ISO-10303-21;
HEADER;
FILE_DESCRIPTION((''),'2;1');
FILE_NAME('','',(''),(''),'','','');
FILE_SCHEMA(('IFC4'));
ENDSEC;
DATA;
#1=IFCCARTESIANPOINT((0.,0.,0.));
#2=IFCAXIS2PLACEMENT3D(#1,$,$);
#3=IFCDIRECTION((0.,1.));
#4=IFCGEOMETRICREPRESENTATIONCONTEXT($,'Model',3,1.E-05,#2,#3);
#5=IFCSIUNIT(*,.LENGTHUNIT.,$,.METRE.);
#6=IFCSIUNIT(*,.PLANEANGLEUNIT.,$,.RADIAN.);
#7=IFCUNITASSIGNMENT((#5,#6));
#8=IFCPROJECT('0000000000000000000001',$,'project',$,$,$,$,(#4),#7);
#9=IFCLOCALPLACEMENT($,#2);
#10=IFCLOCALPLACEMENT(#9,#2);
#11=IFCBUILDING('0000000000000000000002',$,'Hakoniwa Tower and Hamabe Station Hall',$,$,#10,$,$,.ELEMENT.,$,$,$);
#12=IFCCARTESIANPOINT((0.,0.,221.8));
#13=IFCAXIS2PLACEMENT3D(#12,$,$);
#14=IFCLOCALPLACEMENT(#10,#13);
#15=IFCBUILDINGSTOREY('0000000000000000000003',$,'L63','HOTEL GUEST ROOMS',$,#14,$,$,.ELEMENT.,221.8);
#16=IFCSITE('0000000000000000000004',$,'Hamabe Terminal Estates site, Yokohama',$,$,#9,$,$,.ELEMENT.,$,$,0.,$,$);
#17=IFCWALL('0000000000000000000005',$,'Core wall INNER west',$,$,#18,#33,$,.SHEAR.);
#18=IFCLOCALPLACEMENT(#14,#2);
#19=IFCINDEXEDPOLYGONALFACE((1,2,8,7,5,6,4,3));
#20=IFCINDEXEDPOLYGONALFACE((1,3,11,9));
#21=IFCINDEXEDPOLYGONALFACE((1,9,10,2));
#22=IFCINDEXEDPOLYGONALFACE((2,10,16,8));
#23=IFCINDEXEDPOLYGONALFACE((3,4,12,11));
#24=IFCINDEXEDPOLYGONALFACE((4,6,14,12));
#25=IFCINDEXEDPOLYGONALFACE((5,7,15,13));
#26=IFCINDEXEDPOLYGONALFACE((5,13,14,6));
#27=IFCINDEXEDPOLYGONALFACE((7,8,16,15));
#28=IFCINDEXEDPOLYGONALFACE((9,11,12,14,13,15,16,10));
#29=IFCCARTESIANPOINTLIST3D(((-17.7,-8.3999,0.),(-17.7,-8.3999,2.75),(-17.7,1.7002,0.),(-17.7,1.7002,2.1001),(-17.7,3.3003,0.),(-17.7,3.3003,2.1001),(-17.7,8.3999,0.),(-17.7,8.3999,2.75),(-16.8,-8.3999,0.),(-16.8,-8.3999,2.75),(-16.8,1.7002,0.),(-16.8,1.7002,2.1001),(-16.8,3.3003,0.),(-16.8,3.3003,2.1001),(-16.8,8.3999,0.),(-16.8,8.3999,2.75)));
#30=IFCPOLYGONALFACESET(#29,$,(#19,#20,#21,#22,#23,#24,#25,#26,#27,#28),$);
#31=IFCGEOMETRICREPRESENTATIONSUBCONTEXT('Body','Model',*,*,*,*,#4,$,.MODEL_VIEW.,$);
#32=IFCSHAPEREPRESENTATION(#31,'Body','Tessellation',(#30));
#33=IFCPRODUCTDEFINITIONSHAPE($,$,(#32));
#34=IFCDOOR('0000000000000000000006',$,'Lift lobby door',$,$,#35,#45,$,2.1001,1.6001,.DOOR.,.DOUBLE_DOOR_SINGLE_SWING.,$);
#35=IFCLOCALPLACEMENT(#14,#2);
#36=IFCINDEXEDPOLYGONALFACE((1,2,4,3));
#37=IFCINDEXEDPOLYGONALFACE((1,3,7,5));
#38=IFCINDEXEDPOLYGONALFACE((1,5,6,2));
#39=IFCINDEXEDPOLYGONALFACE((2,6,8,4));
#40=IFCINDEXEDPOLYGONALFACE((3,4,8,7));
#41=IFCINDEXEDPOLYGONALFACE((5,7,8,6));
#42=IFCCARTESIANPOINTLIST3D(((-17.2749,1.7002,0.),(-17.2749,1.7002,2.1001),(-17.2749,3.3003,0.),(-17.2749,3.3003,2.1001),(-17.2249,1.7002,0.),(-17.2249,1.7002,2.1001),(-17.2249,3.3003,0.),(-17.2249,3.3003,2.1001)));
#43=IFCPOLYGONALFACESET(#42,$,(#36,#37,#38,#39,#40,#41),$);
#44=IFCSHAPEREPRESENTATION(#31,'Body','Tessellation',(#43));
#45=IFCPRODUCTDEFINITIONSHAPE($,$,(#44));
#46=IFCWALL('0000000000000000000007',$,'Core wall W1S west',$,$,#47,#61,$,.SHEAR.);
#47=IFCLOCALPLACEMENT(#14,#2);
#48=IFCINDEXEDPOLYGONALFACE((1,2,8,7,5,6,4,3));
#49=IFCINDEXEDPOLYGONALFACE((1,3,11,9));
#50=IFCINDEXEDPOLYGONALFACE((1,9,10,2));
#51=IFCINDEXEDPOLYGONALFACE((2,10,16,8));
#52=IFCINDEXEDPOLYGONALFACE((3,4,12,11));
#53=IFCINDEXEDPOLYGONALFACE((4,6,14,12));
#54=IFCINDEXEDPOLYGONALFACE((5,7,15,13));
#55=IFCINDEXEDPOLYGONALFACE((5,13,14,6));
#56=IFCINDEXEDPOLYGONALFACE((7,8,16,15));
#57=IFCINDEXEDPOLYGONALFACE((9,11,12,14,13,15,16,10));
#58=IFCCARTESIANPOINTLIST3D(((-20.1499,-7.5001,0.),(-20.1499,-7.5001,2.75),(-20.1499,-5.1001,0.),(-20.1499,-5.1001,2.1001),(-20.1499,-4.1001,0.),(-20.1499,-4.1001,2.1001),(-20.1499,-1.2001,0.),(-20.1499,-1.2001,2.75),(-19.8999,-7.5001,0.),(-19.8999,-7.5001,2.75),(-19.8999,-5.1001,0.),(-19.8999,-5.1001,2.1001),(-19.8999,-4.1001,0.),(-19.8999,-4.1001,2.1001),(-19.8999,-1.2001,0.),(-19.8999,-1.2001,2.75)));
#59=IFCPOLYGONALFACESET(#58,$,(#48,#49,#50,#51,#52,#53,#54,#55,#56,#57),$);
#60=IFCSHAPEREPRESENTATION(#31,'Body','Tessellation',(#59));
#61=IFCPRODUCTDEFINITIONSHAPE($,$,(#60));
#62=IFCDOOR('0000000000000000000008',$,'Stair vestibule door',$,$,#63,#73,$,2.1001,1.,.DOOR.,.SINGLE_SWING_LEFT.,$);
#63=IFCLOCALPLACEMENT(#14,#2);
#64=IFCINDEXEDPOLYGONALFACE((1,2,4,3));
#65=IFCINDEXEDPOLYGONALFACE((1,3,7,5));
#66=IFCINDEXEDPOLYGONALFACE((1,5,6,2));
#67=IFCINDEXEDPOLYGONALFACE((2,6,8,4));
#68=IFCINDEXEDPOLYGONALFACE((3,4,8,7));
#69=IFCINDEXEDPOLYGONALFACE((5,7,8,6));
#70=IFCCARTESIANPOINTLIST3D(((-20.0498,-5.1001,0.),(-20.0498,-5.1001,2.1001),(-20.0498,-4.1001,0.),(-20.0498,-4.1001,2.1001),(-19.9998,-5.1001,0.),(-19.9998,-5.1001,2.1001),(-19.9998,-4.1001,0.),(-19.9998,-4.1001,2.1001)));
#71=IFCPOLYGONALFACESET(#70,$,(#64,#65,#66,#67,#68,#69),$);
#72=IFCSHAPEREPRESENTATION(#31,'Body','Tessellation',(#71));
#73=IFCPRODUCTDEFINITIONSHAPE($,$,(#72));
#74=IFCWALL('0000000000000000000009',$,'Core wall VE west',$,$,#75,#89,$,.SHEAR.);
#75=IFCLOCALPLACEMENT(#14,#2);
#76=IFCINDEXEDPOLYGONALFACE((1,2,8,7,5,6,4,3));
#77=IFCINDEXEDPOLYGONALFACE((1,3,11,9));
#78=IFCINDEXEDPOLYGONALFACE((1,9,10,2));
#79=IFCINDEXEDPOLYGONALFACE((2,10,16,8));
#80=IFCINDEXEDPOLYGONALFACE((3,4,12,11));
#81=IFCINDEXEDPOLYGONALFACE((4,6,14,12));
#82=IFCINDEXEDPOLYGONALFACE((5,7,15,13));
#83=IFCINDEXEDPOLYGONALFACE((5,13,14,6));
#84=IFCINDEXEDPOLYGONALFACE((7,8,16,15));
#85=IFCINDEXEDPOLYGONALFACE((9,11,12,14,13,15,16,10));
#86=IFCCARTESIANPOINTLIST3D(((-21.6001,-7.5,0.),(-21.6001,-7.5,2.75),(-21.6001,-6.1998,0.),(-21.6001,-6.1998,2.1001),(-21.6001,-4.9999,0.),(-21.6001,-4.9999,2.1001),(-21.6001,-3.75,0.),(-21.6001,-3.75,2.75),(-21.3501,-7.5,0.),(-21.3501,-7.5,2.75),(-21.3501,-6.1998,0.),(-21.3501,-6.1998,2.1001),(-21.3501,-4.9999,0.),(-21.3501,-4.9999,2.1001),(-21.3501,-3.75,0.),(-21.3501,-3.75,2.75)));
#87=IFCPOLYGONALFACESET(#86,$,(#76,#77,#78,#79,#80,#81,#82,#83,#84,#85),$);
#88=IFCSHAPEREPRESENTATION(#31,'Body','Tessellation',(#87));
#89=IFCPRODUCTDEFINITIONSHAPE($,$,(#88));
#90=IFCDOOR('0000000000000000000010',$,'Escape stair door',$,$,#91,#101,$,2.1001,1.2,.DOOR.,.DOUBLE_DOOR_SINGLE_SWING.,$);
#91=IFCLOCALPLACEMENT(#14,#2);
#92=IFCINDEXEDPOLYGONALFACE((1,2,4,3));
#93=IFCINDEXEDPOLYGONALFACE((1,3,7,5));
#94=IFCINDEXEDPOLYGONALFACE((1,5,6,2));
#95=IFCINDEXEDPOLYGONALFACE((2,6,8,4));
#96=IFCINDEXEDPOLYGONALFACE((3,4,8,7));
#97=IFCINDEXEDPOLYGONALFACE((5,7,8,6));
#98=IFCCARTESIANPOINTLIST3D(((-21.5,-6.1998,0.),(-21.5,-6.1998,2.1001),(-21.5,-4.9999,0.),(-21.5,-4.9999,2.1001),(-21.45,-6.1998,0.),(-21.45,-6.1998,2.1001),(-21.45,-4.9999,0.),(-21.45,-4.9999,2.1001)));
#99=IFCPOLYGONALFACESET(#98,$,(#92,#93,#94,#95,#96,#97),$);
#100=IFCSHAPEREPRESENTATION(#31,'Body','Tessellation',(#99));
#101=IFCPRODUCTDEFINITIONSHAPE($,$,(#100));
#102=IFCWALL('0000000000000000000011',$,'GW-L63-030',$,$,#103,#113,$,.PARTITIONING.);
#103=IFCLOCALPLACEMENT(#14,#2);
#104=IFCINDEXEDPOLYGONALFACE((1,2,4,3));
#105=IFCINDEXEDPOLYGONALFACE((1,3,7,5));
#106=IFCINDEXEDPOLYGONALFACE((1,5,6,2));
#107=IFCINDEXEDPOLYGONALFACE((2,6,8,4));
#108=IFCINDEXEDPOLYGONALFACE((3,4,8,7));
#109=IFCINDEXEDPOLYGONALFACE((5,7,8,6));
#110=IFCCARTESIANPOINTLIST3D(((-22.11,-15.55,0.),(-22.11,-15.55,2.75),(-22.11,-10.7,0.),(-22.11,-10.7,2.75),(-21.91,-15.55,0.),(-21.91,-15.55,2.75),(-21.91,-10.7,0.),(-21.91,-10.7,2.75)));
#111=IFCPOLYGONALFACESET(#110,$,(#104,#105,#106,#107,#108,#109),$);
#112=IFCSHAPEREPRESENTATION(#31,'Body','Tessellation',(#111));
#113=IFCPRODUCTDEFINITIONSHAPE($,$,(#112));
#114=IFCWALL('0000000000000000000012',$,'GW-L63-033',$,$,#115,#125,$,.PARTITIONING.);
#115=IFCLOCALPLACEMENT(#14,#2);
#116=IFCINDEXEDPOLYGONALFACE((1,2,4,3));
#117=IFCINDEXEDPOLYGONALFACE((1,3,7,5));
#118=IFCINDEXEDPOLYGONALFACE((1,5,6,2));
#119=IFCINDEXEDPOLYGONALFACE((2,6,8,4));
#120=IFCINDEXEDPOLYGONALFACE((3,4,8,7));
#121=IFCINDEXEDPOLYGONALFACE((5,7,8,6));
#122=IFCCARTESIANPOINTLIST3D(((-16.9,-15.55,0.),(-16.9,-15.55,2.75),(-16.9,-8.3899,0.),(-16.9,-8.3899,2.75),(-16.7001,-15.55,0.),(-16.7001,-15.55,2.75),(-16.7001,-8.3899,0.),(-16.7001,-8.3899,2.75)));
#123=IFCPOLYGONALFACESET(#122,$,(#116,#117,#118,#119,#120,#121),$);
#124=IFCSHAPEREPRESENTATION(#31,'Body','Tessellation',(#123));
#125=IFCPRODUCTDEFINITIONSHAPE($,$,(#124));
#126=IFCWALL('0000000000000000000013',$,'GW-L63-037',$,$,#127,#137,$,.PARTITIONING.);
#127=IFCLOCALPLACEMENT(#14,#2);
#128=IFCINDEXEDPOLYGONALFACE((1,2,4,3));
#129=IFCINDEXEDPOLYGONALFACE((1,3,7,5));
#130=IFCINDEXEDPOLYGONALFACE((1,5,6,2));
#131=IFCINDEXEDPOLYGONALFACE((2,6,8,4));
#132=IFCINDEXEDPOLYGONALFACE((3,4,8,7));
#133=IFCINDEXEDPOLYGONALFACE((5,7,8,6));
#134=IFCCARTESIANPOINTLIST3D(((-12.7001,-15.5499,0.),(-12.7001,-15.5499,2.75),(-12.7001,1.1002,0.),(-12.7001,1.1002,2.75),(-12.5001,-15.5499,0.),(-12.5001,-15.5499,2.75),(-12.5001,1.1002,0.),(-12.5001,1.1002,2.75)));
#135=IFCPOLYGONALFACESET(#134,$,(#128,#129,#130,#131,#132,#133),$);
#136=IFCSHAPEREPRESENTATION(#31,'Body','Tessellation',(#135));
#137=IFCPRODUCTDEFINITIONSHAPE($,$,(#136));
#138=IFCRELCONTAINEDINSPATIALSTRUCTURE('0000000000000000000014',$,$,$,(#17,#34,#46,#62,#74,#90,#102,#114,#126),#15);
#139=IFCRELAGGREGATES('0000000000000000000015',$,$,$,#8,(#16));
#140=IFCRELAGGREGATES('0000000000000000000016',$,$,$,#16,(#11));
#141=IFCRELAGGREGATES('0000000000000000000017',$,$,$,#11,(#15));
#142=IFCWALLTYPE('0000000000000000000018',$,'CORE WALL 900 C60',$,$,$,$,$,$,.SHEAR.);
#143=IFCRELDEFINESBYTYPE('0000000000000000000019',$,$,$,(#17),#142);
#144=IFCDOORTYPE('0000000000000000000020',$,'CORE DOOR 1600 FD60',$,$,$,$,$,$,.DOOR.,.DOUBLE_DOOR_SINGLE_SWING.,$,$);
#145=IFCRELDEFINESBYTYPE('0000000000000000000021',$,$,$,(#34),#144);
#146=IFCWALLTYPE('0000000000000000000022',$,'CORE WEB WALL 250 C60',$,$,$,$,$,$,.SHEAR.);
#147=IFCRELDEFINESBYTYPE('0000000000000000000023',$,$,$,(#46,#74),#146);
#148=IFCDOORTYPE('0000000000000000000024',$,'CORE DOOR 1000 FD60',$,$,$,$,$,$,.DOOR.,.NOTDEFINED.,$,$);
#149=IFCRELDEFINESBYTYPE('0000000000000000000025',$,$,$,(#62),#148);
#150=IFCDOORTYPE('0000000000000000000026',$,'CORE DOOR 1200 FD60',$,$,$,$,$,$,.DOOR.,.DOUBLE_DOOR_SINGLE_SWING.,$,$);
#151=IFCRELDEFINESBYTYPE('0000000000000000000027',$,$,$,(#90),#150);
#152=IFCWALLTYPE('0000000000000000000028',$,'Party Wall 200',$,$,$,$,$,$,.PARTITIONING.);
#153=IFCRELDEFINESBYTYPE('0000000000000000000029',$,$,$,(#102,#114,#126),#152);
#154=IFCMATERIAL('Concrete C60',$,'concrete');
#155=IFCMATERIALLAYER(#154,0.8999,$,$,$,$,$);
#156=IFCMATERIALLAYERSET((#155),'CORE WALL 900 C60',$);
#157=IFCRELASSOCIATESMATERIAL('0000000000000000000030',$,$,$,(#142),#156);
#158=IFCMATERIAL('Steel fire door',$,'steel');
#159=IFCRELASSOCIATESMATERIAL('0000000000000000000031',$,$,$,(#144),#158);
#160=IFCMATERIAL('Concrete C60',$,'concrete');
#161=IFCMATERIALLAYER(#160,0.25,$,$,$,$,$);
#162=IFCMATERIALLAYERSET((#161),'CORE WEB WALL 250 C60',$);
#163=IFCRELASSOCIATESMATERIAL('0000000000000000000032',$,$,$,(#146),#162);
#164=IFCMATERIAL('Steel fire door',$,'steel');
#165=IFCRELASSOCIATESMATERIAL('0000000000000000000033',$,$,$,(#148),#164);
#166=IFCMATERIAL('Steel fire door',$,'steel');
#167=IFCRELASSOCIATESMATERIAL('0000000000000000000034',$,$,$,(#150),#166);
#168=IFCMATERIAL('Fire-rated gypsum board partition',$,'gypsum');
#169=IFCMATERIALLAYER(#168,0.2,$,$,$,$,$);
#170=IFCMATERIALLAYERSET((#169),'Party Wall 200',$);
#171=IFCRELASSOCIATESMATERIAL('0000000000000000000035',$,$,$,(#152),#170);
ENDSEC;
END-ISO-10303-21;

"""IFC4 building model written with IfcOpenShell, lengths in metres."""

from ifc_helpers import new_model, si_unit, direction, frame, frame_2d, origin, place, context, subcontext, project, spatial, rectangle, extrude, material, layer, layer_set, type_object, element, fill, save


model = new_model("IFC4")

# Units and contexts
model_context = context("Model", 3, precision=1e-05, world=origin(), true_north=direction((0.0, 1.0)))
body_context = subcontext(model_context, "Body", "Model", "MODEL_VIEW")
ifc_project = project(units=[si_unit("LENGTHUNIT", "METRE"), si_unit("PLANEANGLEUNIT", "RADIAN")], contexts=[model_context])

# Site, building, storey
site_placement = place(None, origin())
site = spatial("IfcSite", under=ifc_project, at=site_placement, Name="Hamabe Terminal Estates site, Yokohama", CompositionType="ELEMENT", RefElevation=0.0)
building_placement = place(site_placement, origin())
building = spatial("IfcBuilding", under=site, at=building_placement, Name="Hakoniwa Tower and Hamabe Station Hall", CompositionType="ELEMENT")
storey_placement = place(building_placement, frame((0.0, 0.0, 221.8)))
storey = spatial("IfcBuildingStorey", under=building, at=storey_placement, Name="L63", Description="HOTEL GUEST ROOMS", CompositionType="ELEMENT", Elevation=221.8)

# Walls, openings, doors
ifc_material_1 = material(Name="Concrete C60", Category="concrete")
ifc_layer_1 = layer(ifc_material_1, 0.8999)
ifc_layer_set_1 = layer_set([ifc_layer_1], Name="CORE WALL 900 C60")
wall_type_1 = type_object("IfcWallType", Name="CORE WALL 900 C60", PredefinedType="SHEAR", material=ifc_layer_set_1)
wall_1_placement = place(storey_placement, frame((-17.25, -8.3999, 0.0), z_axis=(0.0, 0.0, 1.0), x_axis=(0.0, 1.0, 0.0)))
wall_1 = element("IfcWall", 1, at=wall_1_placement, inside=storey, type_object=wall_type_1, Name="Core wall INNER west", PredefinedType="SHEAR", context=body_context, shape_type="SweptSolid", body=[
    extrude(rectangle(XDim=16.7998, YDim=0.8999, at=frame_2d((8.3999, 0.0))), origin(), (0.0, 0.0, 1.0), 2.75),
])
opening_1_placement = place(wall_1_placement, frame((10.1001, 0.0, 0.0)))
opening_1 = element("IfcOpeningElement", 2, at=opening_1_placement, cuts=wall_1, PredefinedType="OPENING", context=body_context, shape_type="SweptSolid", body=[
    extrude(rectangle(XDim=1.6001, YDim=2.1001, at=frame_2d((0.8, 1.05))), frame((0.0, 0.46, 0.0), z_axis=(0.0, -1.0, 0.0), x_axis=(1.0, 0.0, 0.0)), (0.0, 0.0, 1.0), 0.9199),
])
ifc_material_2 = material(Name="Steel fire door", Category="steel")
door_type_1 = type_object("IfcDoorType", Name="CORE DOOR 1600 FD60", OperationType="DOUBLE_DOOR_SINGLE_SWING", PredefinedType="DOOR", material=ifc_material_2)
door_1_placement = place(opening_1_placement, origin())
door_1 = element("IfcDoor", 3, at=door_1_placement, inside=storey, type_object=door_type_1, Name="Lift lobby door", OperationType="DOUBLE_DOOR_SINGLE_SWING", OverallHeight=2.1001, OverallWidth=1.6001, PredefinedType="DOOR", context=body_context, shape_type="SweptSolid", body=[
    extrude(rectangle(XDim=1.6001, YDim=2.1001, at=frame_2d((0.8, 1.05))), frame((0.0, 0.0249, 0.0), z_axis=(0.0, -1.0, 0.0), x_axis=(1.0, 0.0, 0.0)), (0.0, 0.0, 1.0), 0.05),
])
fill(opening_1, door_1)
ifc_material_3 = material(Name="Concrete C60", Category="concrete")
ifc_layer_2 = layer(ifc_material_3, 0.25)
ifc_layer_set_2 = layer_set([ifc_layer_2], Name="CORE WEB WALL 250 C60")
wall_type_2 = type_object("IfcWallType", Name="CORE WEB WALL 250 C60", PredefinedType="SHEAR", material=ifc_layer_set_2)
wall_2_placement = place(storey_placement, frame((-20.0249, -7.5, 0.0), z_axis=(0.0, 0.0, 1.0), x_axis=(0.0, 1.0, 0.0)))
wall_2 = element("IfcWall", 4, at=wall_2_placement, inside=storey, type_object=wall_type_2, Name="Core wall W1S west", PredefinedType="SHEAR", context=body_context, shape_type="SweptSolid", body=[
    extrude(rectangle(XDim=6.3, YDim=0.25, at=frame_2d((3.1499, 0.0))), origin(), (0.0, 0.0, 1.0), 2.75),
])
opening_2_placement = place(wall_2_placement, frame((2.3999, 0.0, 0.0)))
opening_2 = element("IfcOpeningElement", 5, at=opening_2_placement, cuts=wall_2, PredefinedType="OPENING", context=body_context, shape_type="SweptSolid", body=[
    extrude(rectangle(XDim=1.0, YDim=2.1001, at=frame_2d((0.5, 1.05))), frame((0.0, 0.135, 0.0), z_axis=(0.0, -1.0, 0.0), x_axis=(1.0, 0.0, 0.0)), (0.0, 0.0, 1.0), 0.27),
])
ifc_material_4 = material(Name="Steel fire door", Category="steel")
door_type_2 = type_object("IfcDoorType", Name="CORE DOOR 1000 FD60", OperationType="NOTDEFINED", PredefinedType="DOOR", material=ifc_material_4)
door_2_placement = place(opening_2_placement, origin())
door_2 = element("IfcDoor", 6, at=door_2_placement, inside=storey, type_object=door_type_2, Name="Stair vestibule door", OperationType="SINGLE_SWING_LEFT", OverallHeight=2.1001, OverallWidth=1.0, PredefinedType="DOOR", context=body_context, shape_type="SweptSolid", body=[
    extrude(rectangle(XDim=1.0, YDim=2.1001, at=frame_2d((0.5, 1.05))), frame((0.0, 0.0249, 0.0), z_axis=(0.0, -1.0, 0.0), x_axis=(1.0, 0.0, 0.0)), (0.0, 0.0, 1.0), 0.05),
])
fill(opening_2, door_2)
wall_3_placement = place(storey_placement, frame((-21.4751, -7.5, 0.0), z_axis=(0.0, 0.0, 1.0), x_axis=(0.0, 1.0, 0.0)))
wall_3 = element("IfcWall", 7, at=wall_3_placement, inside=storey, type_object=wall_type_2, Name="Core wall VE west", PredefinedType="SHEAR", context=body_context, shape_type="SweptSolid", body=[
    extrude(rectangle(XDim=3.75, YDim=0.25, at=frame_2d((1.875, 0.0))), origin(), (0.0, 0.0, 1.0), 2.75),
])
opening_3_placement = place(wall_3_placement, frame((1.3, 0.0, 0.0)))
opening_3 = element("IfcOpeningElement", 8, at=opening_3_placement, cuts=wall_3, PredefinedType="OPENING", context=body_context, shape_type="SweptSolid", body=[
    extrude(rectangle(XDim=1.2, YDim=2.1001, at=frame_2d((0.6001, 1.05))), frame((0.0, 0.135, 0.0), z_axis=(0.0, -1.0, 0.0), x_axis=(1.0, 0.0, 0.0)), (0.0, 0.0, 1.0), 0.27),
])
ifc_material_5 = material(Name="Steel fire door", Category="steel")
door_type_3 = type_object("IfcDoorType", Name="CORE DOOR 1200 FD60", OperationType="DOUBLE_DOOR_SINGLE_SWING", PredefinedType="DOOR", material=ifc_material_5)
door_3_placement = place(opening_3_placement, origin())
door_3 = element("IfcDoor", 9, at=door_3_placement, inside=storey, type_object=door_type_3, Name="Escape stair door", OperationType="DOUBLE_DOOR_SINGLE_SWING", OverallHeight=2.1001, OverallWidth=1.2, PredefinedType="DOOR", context=body_context, shape_type="SweptSolid", body=[
    extrude(rectangle(XDim=1.2, YDim=2.1001, at=frame_2d((0.6001, 1.05))), frame((0.0, 0.0249, 0.0), z_axis=(0.0, -1.0, 0.0), x_axis=(1.0, 0.0, 0.0)), (0.0, 0.0, 1.0), 0.05),
])
fill(opening_3, door_3)

# Walls
ifc_material_6 = material(Name="Fire-rated gypsum board partition", Category="gypsum")
ifc_layer_3 = layer(ifc_material_6, 0.2)
ifc_layer_set_3 = layer_set([ifc_layer_3], Name="Party Wall 200")
wall_type_3 = type_object("IfcWallType", Name="Party Wall 200", PredefinedType="PARTITIONING", material=ifc_layer_set_3)
wall_4_placement = place(storey_placement, frame((-22.01, -15.55, 0.0), z_axis=(0.0, 0.0, 1.0), x_axis=(0.0, 1.0, 0.0)))
element("IfcWall", 10, at=wall_4_placement, inside=storey, type_object=wall_type_3, Name="GW-L63-030", PredefinedType="PARTITIONING", context=body_context, shape_type="SweptSolid", body=[
    extrude(rectangle(XDim=4.8501, YDim=0.2, at=frame_2d((2.425, 0.0))), origin(), (0.0, 0.0, 1.0), 2.75),
])
wall_5_placement = place(storey_placement, frame((-16.8, -15.55, 0.0), z_axis=(0.0, 0.0, 1.0), x_axis=(0.0, 1.0, 0.0)))
element("IfcWall", 11, at=wall_5_placement, inside=storey, type_object=wall_type_3, Name="GW-L63-033", PredefinedType="PARTITIONING", context=body_context, shape_type="SweptSolid", body=[
    extrude(rectangle(XDim=7.1602, YDim=0.2, at=frame_2d((3.5801, 0.0))), origin(), (0.0, 0.0, 1.0), 2.75),
])
wall_6_placement = place(storey_placement, frame((-12.6001, -15.55, 0.0), z_axis=(0.0, 0.0, 1.0), x_axis=(0.0, 1.0, 0.0)))
element("IfcWall", 12, at=wall_6_placement, inside=storey, type_object=wall_type_3, Name="GW-L63-037", PredefinedType="PARTITIONING", context=body_context, shape_type="SweptSolid", body=[
    extrude(rectangle(XDim=16.6501, YDim=0.2, at=frame_2d((8.3252, 0.0))), origin(), (0.0, 0.0, 1.0), 2.75),
])

save(model, "model.ifc")
